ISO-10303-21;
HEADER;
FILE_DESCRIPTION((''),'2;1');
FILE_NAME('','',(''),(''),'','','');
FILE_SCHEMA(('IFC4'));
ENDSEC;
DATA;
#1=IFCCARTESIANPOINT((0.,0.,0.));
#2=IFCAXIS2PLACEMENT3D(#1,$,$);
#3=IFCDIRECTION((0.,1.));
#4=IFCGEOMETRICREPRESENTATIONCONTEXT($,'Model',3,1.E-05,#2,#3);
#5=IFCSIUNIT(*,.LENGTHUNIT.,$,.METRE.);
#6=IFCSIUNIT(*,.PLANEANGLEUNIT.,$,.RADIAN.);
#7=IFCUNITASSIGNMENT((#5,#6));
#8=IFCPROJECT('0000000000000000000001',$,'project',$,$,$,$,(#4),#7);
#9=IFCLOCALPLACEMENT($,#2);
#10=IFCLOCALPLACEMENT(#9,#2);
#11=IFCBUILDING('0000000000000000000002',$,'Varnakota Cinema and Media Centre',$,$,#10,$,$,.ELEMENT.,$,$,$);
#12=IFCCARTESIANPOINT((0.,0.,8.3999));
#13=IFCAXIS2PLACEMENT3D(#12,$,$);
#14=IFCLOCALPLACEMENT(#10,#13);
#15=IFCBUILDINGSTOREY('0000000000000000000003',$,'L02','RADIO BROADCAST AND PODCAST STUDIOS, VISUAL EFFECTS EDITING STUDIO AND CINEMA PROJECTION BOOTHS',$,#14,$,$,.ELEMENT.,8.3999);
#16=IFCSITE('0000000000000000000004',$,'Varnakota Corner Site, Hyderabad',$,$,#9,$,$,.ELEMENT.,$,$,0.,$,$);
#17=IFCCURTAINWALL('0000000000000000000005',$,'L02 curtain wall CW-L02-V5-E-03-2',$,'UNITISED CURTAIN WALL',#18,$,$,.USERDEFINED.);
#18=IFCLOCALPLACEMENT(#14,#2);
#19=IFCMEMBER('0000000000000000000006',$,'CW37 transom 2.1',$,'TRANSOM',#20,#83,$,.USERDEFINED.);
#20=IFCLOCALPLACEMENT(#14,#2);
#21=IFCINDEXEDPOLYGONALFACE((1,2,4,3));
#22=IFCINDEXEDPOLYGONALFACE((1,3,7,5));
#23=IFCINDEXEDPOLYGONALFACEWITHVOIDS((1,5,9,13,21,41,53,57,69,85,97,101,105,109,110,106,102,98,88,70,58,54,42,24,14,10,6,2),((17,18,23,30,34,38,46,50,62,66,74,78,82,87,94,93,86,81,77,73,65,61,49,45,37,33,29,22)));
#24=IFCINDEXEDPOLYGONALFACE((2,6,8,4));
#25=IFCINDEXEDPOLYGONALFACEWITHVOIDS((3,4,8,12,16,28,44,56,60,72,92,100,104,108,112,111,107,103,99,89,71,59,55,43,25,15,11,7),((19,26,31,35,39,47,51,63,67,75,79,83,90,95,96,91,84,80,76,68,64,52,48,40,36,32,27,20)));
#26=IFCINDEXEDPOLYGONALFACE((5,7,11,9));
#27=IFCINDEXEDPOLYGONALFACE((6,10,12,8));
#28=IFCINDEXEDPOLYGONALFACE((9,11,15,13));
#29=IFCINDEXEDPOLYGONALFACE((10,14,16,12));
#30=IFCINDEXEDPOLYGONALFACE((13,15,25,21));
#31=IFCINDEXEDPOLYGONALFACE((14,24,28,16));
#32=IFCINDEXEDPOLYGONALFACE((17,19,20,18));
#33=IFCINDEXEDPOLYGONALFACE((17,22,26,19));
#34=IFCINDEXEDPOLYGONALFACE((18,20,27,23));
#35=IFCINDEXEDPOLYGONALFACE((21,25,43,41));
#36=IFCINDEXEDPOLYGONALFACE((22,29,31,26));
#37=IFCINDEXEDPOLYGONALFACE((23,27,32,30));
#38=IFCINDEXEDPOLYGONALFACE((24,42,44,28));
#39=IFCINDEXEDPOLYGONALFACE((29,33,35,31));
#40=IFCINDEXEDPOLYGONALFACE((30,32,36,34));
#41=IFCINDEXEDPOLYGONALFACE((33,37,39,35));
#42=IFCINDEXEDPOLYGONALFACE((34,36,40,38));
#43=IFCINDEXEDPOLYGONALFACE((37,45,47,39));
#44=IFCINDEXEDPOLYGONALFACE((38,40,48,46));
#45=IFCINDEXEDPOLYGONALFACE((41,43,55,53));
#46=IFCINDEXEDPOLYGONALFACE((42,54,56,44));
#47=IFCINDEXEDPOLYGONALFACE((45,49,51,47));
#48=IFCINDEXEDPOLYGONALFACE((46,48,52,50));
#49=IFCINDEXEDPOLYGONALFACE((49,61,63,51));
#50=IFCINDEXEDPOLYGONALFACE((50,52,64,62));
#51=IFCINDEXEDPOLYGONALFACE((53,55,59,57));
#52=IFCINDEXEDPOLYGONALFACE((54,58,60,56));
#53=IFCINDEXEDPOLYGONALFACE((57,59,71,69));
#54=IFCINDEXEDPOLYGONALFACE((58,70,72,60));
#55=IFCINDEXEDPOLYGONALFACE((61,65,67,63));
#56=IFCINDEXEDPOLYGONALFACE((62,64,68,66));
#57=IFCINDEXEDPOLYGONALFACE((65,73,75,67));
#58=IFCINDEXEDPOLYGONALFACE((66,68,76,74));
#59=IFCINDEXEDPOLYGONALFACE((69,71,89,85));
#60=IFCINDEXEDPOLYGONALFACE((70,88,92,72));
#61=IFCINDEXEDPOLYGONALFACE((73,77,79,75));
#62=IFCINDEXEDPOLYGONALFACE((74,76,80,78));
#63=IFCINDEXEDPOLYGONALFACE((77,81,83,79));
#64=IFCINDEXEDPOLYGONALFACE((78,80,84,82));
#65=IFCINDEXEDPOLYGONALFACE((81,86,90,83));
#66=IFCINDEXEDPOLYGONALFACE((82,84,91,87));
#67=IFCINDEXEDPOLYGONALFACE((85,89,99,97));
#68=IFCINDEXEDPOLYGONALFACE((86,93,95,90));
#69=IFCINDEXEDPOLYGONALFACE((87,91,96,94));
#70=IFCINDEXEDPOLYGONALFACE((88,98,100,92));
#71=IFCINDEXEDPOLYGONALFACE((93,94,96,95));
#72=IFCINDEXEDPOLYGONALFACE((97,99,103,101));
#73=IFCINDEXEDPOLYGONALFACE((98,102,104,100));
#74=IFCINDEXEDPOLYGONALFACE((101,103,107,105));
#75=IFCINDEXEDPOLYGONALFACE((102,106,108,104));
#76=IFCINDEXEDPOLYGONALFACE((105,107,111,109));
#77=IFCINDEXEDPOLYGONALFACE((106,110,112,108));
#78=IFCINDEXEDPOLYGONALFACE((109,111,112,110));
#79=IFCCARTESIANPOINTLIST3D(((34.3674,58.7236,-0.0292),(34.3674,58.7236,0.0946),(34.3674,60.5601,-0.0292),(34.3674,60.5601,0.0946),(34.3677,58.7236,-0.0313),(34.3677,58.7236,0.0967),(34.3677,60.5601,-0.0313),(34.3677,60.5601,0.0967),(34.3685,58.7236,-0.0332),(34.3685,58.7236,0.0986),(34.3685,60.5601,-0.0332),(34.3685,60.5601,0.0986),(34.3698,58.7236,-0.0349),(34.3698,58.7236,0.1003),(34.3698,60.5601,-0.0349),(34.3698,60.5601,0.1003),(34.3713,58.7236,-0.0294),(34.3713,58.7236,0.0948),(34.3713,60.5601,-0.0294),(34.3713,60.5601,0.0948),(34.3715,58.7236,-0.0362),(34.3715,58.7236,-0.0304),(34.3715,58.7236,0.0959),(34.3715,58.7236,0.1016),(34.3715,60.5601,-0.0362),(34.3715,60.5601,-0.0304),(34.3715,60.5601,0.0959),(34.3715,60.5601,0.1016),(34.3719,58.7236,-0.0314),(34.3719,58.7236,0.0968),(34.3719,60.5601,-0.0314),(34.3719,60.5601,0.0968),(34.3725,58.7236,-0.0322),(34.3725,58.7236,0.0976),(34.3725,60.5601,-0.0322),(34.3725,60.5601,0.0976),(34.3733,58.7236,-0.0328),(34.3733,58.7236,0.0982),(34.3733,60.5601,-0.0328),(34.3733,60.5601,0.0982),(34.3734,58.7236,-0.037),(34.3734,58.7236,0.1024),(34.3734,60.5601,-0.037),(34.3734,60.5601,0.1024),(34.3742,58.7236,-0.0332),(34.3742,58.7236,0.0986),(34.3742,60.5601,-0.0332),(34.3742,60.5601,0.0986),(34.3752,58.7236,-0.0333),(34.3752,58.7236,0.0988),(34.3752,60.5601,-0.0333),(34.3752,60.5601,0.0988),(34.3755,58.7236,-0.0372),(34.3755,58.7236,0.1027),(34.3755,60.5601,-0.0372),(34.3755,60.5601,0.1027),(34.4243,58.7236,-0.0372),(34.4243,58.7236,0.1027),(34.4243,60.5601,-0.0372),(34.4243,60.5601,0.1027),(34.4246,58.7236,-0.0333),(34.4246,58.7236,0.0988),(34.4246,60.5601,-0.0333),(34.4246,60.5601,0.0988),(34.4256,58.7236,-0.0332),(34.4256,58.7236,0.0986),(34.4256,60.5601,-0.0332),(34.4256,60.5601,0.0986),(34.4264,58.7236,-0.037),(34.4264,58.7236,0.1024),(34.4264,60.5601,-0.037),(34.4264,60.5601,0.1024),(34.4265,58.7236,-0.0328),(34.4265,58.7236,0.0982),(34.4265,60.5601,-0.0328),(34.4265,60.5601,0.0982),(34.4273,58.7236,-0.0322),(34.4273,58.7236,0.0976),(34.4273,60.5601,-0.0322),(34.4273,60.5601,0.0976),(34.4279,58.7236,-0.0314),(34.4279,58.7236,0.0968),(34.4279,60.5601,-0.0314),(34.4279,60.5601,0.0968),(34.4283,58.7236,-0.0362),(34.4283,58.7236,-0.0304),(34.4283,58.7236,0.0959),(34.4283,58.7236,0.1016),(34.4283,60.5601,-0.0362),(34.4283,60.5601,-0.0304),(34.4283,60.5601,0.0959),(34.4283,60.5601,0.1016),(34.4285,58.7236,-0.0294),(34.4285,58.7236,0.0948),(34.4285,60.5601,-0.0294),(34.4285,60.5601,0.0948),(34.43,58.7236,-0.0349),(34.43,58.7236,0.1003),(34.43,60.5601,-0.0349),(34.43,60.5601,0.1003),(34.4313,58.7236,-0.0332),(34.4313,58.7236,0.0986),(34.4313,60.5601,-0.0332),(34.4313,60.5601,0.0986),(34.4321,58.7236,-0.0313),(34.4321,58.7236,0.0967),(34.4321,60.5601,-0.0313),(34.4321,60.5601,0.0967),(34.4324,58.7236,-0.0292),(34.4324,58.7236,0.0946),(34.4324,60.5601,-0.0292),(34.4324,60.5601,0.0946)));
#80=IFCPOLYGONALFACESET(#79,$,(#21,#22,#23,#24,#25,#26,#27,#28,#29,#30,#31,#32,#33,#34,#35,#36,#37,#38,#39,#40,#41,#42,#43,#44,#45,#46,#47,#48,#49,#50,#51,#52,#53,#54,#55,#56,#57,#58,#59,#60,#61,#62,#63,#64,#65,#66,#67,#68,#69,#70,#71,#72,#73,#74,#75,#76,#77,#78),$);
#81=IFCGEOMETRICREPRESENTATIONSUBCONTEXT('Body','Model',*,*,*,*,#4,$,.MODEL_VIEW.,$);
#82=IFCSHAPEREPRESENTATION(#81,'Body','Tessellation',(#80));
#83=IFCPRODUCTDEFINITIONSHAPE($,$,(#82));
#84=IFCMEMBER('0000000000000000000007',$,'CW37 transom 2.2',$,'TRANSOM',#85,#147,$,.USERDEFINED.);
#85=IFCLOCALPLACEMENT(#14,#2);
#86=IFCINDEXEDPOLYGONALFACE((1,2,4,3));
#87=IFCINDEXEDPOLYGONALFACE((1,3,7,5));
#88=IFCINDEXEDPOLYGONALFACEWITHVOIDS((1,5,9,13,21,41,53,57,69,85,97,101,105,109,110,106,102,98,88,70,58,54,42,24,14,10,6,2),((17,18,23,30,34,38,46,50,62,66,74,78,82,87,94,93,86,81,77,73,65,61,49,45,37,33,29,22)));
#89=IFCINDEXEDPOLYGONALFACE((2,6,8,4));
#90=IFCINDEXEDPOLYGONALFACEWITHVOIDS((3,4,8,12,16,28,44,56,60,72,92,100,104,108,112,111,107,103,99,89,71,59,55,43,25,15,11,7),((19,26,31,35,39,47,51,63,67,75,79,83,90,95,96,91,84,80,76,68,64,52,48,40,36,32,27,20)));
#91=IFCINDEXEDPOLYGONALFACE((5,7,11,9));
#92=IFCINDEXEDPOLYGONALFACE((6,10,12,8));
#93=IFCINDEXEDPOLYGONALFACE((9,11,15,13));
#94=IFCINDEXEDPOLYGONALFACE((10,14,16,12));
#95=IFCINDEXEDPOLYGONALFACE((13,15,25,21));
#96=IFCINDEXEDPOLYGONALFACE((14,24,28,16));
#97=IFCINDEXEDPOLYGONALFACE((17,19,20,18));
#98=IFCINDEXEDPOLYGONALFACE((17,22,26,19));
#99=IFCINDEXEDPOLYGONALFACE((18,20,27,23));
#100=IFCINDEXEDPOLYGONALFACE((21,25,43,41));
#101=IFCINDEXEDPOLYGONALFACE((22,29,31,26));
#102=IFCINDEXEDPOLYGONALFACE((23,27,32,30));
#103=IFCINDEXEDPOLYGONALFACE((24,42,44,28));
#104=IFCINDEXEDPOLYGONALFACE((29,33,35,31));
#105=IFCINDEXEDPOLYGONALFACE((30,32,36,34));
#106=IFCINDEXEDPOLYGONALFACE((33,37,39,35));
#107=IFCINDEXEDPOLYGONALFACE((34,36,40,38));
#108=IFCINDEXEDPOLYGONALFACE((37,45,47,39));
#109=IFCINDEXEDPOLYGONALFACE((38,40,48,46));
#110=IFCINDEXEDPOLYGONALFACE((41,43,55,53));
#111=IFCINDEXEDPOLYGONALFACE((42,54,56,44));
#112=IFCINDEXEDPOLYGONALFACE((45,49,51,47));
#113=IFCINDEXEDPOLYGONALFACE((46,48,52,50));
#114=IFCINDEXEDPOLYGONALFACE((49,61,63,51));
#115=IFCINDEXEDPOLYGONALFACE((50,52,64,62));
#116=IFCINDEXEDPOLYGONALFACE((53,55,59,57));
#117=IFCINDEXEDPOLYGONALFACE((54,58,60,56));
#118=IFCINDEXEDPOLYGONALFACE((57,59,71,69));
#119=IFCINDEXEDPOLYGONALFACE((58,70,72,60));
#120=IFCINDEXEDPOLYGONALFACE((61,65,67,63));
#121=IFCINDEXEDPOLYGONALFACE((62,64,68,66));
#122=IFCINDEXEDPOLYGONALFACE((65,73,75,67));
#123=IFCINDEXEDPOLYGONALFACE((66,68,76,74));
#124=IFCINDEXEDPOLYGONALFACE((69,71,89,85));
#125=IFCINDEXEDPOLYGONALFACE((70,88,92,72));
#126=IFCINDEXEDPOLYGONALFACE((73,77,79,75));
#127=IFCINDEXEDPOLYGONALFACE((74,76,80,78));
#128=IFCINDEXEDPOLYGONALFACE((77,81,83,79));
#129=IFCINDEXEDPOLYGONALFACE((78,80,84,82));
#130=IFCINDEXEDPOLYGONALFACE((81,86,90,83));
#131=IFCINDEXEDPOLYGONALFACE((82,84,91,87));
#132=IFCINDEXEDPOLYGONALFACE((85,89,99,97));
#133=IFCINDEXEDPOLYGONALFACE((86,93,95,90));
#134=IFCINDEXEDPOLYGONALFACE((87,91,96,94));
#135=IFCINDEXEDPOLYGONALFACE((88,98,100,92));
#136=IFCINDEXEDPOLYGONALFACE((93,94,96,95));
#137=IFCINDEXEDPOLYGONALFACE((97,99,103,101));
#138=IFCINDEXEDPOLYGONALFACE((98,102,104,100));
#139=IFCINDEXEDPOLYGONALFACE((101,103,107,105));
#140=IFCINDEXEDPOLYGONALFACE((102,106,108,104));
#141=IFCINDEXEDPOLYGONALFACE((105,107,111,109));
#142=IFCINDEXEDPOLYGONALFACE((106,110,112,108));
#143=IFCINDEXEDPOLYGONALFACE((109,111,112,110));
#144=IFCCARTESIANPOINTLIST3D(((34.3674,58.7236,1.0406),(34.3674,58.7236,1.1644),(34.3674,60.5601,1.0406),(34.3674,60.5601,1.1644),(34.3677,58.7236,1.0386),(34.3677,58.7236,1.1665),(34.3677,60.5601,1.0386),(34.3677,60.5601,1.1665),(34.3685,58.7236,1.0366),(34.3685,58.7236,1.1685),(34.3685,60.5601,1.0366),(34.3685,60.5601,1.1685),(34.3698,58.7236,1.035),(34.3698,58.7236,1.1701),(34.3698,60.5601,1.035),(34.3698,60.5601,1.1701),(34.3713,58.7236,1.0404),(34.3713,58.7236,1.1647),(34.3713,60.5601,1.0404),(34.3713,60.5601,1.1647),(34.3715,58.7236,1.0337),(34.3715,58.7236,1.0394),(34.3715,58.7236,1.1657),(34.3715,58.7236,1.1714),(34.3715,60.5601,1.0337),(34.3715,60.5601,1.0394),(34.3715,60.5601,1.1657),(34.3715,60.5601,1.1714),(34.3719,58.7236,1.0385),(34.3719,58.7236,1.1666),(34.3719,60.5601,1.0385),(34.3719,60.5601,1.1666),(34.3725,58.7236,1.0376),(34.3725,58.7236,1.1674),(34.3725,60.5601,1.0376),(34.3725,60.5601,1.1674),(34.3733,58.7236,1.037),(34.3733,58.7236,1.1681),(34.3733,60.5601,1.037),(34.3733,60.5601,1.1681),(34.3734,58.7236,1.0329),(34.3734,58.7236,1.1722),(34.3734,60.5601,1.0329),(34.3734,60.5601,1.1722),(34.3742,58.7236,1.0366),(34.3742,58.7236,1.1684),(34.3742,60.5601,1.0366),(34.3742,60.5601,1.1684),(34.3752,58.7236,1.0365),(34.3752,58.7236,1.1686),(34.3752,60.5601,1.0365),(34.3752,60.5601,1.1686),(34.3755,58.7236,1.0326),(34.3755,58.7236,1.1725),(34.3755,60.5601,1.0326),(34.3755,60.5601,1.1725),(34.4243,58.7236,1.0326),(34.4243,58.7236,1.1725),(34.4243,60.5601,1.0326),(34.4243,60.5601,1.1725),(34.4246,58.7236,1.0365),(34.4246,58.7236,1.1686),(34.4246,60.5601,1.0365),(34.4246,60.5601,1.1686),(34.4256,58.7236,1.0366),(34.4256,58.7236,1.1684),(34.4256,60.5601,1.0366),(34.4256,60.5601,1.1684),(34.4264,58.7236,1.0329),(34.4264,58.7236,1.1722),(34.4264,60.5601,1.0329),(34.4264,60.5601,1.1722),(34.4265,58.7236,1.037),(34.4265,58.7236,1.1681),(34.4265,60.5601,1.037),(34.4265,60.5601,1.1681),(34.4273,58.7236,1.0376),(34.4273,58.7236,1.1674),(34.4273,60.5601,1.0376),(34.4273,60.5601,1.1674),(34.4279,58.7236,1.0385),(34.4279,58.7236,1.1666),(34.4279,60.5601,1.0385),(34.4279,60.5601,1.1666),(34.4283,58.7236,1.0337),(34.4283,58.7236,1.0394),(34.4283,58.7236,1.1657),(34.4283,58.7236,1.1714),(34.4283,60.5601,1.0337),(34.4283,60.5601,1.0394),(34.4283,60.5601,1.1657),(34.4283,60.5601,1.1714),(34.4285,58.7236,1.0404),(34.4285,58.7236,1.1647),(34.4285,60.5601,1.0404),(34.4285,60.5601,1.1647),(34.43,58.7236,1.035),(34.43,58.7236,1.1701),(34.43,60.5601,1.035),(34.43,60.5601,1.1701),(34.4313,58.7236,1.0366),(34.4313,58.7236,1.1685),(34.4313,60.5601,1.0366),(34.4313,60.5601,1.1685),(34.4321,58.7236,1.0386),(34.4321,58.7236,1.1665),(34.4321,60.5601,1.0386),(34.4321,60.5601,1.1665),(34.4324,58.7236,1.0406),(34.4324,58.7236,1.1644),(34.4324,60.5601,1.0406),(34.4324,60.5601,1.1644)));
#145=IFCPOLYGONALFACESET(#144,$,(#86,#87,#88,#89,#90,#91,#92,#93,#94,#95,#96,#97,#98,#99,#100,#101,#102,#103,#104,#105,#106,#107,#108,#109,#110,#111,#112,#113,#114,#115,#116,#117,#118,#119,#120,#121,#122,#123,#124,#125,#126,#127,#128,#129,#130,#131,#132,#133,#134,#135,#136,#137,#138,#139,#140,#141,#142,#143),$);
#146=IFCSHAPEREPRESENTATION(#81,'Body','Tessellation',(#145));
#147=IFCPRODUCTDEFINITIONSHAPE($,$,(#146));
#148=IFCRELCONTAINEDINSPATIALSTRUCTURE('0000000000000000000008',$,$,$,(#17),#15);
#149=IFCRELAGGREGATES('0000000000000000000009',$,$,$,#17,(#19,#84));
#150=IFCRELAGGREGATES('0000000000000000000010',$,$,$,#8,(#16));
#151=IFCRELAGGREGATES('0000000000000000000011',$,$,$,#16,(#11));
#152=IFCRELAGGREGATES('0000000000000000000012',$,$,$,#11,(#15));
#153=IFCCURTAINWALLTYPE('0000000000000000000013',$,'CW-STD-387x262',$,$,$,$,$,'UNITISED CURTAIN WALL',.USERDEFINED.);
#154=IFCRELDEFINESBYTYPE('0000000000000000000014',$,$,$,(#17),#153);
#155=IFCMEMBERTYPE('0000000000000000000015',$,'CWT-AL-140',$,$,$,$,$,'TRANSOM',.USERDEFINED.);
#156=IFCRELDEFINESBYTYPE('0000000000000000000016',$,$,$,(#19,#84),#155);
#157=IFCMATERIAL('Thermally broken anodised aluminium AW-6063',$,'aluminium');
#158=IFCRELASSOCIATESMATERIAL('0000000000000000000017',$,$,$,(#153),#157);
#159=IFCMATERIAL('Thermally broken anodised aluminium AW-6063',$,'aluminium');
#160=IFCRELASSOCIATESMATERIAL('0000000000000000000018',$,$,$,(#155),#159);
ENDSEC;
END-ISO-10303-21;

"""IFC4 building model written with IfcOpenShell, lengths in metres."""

from ifc_helpers import new_model, si_unit, direction, frame, origin, origin_2d, place, context, subcontext, project, spatial, hollow_rectangle, extrude, material, material_profile, profile_set, type_object, element, aggregate, save


model = new_model("IFC4")

# Units and contexts
model_context = context("Model", 3, precision=1e-05, world=origin(), true_north=direction((0.0, 1.0)))
body_context = subcontext(model_context, "Body", "Model", "MODEL_VIEW")
ifc_project = project(units=[si_unit("LENGTHUNIT", "METRE"), si_unit("PLANEANGLEUNIT", "RADIAN")], contexts=[model_context])

# Site, building, storey
site_placement = place(None, origin())
site = spatial("IfcSite", under=ifc_project, at=site_placement, Name="Varnakota Corner Site, Hyderabad", CompositionType="ELEMENT", RefElevation=0.0)
building_placement = place(site_placement, origin())
building = spatial("IfcBuilding", under=site, at=building_placement, Name="Varnakota Cinema and Media Centre", CompositionType="ELEMENT")
storey_placement = place(building_placement, frame((0.0, 0.0, 8.3999)))
storey = spatial("IfcBuildingStorey", under=building, at=storey_placement, Name="L02", Description="RADIO BROADCAST AND PODCAST STUDIOS, VISUAL EFFECTS EDITING STUDIO AND CINEMA PROJECTION BOOTHS", CompositionType="ELEMENT", Elevation=8.3999)

# Shared definitions
ifc_material_1 = material(Name="Thermally broken anodised aluminium AW-6063", Category="aluminium")
curtain_wall_type = type_object("IfcCurtainWallType", Name="CW-STD-387x262", ElementType="UNITISED CURTAIN WALL", PredefinedType="USERDEFINED", material=ifc_material_1)

# Curtain wall
curtain_wall_1_placement = place(storey_placement, origin())
curtain_wall_1 = element("IfcCurtainWall", 1, at=curtain_wall_1_placement, inside=storey, type_object=curtain_wall_type, Name="L02 curtain wall CW-L02-V5-E-03-2", ObjectType="UNITISED CURTAIN WALL", PredefinedType="USERDEFINED")

# Members
ifc_material_2 = material(Name="Thermally broken anodised aluminium AW-6063", Category="aluminium")
ifc_material_profile_1 = material_profile(ifc_material_2, hollow_rectangle(XDim=0.0649, YDim=0.1399, WallThickness=0.0039, InnerFilletRadius=0.0039, OuterFilletRadius=0.0081, at=origin_2d()), Name="AL-TRANSOM 140x65x4")
ifc_profile_set_1 = profile_set([ifc_material_profile_1], Name="Thermally broken anodised aluminium AW-6063")
member_type_1 = type_object("IfcMemberType", Name="CWT-AL-140", ElementType="TRANSOM", PredefinedType="USERDEFINED", material=ifc_profile_set_1)
member_1_placement = place(storey_placement, frame((34.3999, 58.7236, 0.0327), z_axis=(0.0, 1.0, 0.0), x_axis=(-1.0, 0.0, 0.0)))
member_1 = element("IfcMember", 2, at=member_1_placement, type_object=member_type_1, Name="CW37 transom 2.1", ObjectType="TRANSOM", PredefinedType="USERDEFINED", context=body_context, shape_type="SweptSolid", body=[
    extrude(hollow_rectangle(XDim=0.0649, YDim=0.1399, WallThickness=0.0039, InnerFilletRadius=0.0039, OuterFilletRadius=0.0081, at=origin_2d()), origin(), (0.0, 0.0, 1.0), 1.8364),
])
member_2_placement = place(storey_placement, frame((34.3999, 58.7236, 1.1025), z_axis=(0.0, 1.0, 0.0), x_axis=(-1.0, 0.0, 0.0)))
member_2 = element("IfcMember", 3, at=member_2_placement, type_object=member_type_1, Name="CW37 transom 2.2", ObjectType="TRANSOM", PredefinedType="USERDEFINED", context=body_context, shape_type="SweptSolid", body=[
    extrude(hollow_rectangle(XDim=0.0649, YDim=0.1399, WallThickness=0.0039, InnerFilletRadius=0.0039, OuterFilletRadius=0.0081, at=origin_2d()), origin(), (0.0, 0.0, 1.0), 1.8364),
])

aggregate(curtain_wall_1, [member_1, member_2])

save(model, "model.ifc")
